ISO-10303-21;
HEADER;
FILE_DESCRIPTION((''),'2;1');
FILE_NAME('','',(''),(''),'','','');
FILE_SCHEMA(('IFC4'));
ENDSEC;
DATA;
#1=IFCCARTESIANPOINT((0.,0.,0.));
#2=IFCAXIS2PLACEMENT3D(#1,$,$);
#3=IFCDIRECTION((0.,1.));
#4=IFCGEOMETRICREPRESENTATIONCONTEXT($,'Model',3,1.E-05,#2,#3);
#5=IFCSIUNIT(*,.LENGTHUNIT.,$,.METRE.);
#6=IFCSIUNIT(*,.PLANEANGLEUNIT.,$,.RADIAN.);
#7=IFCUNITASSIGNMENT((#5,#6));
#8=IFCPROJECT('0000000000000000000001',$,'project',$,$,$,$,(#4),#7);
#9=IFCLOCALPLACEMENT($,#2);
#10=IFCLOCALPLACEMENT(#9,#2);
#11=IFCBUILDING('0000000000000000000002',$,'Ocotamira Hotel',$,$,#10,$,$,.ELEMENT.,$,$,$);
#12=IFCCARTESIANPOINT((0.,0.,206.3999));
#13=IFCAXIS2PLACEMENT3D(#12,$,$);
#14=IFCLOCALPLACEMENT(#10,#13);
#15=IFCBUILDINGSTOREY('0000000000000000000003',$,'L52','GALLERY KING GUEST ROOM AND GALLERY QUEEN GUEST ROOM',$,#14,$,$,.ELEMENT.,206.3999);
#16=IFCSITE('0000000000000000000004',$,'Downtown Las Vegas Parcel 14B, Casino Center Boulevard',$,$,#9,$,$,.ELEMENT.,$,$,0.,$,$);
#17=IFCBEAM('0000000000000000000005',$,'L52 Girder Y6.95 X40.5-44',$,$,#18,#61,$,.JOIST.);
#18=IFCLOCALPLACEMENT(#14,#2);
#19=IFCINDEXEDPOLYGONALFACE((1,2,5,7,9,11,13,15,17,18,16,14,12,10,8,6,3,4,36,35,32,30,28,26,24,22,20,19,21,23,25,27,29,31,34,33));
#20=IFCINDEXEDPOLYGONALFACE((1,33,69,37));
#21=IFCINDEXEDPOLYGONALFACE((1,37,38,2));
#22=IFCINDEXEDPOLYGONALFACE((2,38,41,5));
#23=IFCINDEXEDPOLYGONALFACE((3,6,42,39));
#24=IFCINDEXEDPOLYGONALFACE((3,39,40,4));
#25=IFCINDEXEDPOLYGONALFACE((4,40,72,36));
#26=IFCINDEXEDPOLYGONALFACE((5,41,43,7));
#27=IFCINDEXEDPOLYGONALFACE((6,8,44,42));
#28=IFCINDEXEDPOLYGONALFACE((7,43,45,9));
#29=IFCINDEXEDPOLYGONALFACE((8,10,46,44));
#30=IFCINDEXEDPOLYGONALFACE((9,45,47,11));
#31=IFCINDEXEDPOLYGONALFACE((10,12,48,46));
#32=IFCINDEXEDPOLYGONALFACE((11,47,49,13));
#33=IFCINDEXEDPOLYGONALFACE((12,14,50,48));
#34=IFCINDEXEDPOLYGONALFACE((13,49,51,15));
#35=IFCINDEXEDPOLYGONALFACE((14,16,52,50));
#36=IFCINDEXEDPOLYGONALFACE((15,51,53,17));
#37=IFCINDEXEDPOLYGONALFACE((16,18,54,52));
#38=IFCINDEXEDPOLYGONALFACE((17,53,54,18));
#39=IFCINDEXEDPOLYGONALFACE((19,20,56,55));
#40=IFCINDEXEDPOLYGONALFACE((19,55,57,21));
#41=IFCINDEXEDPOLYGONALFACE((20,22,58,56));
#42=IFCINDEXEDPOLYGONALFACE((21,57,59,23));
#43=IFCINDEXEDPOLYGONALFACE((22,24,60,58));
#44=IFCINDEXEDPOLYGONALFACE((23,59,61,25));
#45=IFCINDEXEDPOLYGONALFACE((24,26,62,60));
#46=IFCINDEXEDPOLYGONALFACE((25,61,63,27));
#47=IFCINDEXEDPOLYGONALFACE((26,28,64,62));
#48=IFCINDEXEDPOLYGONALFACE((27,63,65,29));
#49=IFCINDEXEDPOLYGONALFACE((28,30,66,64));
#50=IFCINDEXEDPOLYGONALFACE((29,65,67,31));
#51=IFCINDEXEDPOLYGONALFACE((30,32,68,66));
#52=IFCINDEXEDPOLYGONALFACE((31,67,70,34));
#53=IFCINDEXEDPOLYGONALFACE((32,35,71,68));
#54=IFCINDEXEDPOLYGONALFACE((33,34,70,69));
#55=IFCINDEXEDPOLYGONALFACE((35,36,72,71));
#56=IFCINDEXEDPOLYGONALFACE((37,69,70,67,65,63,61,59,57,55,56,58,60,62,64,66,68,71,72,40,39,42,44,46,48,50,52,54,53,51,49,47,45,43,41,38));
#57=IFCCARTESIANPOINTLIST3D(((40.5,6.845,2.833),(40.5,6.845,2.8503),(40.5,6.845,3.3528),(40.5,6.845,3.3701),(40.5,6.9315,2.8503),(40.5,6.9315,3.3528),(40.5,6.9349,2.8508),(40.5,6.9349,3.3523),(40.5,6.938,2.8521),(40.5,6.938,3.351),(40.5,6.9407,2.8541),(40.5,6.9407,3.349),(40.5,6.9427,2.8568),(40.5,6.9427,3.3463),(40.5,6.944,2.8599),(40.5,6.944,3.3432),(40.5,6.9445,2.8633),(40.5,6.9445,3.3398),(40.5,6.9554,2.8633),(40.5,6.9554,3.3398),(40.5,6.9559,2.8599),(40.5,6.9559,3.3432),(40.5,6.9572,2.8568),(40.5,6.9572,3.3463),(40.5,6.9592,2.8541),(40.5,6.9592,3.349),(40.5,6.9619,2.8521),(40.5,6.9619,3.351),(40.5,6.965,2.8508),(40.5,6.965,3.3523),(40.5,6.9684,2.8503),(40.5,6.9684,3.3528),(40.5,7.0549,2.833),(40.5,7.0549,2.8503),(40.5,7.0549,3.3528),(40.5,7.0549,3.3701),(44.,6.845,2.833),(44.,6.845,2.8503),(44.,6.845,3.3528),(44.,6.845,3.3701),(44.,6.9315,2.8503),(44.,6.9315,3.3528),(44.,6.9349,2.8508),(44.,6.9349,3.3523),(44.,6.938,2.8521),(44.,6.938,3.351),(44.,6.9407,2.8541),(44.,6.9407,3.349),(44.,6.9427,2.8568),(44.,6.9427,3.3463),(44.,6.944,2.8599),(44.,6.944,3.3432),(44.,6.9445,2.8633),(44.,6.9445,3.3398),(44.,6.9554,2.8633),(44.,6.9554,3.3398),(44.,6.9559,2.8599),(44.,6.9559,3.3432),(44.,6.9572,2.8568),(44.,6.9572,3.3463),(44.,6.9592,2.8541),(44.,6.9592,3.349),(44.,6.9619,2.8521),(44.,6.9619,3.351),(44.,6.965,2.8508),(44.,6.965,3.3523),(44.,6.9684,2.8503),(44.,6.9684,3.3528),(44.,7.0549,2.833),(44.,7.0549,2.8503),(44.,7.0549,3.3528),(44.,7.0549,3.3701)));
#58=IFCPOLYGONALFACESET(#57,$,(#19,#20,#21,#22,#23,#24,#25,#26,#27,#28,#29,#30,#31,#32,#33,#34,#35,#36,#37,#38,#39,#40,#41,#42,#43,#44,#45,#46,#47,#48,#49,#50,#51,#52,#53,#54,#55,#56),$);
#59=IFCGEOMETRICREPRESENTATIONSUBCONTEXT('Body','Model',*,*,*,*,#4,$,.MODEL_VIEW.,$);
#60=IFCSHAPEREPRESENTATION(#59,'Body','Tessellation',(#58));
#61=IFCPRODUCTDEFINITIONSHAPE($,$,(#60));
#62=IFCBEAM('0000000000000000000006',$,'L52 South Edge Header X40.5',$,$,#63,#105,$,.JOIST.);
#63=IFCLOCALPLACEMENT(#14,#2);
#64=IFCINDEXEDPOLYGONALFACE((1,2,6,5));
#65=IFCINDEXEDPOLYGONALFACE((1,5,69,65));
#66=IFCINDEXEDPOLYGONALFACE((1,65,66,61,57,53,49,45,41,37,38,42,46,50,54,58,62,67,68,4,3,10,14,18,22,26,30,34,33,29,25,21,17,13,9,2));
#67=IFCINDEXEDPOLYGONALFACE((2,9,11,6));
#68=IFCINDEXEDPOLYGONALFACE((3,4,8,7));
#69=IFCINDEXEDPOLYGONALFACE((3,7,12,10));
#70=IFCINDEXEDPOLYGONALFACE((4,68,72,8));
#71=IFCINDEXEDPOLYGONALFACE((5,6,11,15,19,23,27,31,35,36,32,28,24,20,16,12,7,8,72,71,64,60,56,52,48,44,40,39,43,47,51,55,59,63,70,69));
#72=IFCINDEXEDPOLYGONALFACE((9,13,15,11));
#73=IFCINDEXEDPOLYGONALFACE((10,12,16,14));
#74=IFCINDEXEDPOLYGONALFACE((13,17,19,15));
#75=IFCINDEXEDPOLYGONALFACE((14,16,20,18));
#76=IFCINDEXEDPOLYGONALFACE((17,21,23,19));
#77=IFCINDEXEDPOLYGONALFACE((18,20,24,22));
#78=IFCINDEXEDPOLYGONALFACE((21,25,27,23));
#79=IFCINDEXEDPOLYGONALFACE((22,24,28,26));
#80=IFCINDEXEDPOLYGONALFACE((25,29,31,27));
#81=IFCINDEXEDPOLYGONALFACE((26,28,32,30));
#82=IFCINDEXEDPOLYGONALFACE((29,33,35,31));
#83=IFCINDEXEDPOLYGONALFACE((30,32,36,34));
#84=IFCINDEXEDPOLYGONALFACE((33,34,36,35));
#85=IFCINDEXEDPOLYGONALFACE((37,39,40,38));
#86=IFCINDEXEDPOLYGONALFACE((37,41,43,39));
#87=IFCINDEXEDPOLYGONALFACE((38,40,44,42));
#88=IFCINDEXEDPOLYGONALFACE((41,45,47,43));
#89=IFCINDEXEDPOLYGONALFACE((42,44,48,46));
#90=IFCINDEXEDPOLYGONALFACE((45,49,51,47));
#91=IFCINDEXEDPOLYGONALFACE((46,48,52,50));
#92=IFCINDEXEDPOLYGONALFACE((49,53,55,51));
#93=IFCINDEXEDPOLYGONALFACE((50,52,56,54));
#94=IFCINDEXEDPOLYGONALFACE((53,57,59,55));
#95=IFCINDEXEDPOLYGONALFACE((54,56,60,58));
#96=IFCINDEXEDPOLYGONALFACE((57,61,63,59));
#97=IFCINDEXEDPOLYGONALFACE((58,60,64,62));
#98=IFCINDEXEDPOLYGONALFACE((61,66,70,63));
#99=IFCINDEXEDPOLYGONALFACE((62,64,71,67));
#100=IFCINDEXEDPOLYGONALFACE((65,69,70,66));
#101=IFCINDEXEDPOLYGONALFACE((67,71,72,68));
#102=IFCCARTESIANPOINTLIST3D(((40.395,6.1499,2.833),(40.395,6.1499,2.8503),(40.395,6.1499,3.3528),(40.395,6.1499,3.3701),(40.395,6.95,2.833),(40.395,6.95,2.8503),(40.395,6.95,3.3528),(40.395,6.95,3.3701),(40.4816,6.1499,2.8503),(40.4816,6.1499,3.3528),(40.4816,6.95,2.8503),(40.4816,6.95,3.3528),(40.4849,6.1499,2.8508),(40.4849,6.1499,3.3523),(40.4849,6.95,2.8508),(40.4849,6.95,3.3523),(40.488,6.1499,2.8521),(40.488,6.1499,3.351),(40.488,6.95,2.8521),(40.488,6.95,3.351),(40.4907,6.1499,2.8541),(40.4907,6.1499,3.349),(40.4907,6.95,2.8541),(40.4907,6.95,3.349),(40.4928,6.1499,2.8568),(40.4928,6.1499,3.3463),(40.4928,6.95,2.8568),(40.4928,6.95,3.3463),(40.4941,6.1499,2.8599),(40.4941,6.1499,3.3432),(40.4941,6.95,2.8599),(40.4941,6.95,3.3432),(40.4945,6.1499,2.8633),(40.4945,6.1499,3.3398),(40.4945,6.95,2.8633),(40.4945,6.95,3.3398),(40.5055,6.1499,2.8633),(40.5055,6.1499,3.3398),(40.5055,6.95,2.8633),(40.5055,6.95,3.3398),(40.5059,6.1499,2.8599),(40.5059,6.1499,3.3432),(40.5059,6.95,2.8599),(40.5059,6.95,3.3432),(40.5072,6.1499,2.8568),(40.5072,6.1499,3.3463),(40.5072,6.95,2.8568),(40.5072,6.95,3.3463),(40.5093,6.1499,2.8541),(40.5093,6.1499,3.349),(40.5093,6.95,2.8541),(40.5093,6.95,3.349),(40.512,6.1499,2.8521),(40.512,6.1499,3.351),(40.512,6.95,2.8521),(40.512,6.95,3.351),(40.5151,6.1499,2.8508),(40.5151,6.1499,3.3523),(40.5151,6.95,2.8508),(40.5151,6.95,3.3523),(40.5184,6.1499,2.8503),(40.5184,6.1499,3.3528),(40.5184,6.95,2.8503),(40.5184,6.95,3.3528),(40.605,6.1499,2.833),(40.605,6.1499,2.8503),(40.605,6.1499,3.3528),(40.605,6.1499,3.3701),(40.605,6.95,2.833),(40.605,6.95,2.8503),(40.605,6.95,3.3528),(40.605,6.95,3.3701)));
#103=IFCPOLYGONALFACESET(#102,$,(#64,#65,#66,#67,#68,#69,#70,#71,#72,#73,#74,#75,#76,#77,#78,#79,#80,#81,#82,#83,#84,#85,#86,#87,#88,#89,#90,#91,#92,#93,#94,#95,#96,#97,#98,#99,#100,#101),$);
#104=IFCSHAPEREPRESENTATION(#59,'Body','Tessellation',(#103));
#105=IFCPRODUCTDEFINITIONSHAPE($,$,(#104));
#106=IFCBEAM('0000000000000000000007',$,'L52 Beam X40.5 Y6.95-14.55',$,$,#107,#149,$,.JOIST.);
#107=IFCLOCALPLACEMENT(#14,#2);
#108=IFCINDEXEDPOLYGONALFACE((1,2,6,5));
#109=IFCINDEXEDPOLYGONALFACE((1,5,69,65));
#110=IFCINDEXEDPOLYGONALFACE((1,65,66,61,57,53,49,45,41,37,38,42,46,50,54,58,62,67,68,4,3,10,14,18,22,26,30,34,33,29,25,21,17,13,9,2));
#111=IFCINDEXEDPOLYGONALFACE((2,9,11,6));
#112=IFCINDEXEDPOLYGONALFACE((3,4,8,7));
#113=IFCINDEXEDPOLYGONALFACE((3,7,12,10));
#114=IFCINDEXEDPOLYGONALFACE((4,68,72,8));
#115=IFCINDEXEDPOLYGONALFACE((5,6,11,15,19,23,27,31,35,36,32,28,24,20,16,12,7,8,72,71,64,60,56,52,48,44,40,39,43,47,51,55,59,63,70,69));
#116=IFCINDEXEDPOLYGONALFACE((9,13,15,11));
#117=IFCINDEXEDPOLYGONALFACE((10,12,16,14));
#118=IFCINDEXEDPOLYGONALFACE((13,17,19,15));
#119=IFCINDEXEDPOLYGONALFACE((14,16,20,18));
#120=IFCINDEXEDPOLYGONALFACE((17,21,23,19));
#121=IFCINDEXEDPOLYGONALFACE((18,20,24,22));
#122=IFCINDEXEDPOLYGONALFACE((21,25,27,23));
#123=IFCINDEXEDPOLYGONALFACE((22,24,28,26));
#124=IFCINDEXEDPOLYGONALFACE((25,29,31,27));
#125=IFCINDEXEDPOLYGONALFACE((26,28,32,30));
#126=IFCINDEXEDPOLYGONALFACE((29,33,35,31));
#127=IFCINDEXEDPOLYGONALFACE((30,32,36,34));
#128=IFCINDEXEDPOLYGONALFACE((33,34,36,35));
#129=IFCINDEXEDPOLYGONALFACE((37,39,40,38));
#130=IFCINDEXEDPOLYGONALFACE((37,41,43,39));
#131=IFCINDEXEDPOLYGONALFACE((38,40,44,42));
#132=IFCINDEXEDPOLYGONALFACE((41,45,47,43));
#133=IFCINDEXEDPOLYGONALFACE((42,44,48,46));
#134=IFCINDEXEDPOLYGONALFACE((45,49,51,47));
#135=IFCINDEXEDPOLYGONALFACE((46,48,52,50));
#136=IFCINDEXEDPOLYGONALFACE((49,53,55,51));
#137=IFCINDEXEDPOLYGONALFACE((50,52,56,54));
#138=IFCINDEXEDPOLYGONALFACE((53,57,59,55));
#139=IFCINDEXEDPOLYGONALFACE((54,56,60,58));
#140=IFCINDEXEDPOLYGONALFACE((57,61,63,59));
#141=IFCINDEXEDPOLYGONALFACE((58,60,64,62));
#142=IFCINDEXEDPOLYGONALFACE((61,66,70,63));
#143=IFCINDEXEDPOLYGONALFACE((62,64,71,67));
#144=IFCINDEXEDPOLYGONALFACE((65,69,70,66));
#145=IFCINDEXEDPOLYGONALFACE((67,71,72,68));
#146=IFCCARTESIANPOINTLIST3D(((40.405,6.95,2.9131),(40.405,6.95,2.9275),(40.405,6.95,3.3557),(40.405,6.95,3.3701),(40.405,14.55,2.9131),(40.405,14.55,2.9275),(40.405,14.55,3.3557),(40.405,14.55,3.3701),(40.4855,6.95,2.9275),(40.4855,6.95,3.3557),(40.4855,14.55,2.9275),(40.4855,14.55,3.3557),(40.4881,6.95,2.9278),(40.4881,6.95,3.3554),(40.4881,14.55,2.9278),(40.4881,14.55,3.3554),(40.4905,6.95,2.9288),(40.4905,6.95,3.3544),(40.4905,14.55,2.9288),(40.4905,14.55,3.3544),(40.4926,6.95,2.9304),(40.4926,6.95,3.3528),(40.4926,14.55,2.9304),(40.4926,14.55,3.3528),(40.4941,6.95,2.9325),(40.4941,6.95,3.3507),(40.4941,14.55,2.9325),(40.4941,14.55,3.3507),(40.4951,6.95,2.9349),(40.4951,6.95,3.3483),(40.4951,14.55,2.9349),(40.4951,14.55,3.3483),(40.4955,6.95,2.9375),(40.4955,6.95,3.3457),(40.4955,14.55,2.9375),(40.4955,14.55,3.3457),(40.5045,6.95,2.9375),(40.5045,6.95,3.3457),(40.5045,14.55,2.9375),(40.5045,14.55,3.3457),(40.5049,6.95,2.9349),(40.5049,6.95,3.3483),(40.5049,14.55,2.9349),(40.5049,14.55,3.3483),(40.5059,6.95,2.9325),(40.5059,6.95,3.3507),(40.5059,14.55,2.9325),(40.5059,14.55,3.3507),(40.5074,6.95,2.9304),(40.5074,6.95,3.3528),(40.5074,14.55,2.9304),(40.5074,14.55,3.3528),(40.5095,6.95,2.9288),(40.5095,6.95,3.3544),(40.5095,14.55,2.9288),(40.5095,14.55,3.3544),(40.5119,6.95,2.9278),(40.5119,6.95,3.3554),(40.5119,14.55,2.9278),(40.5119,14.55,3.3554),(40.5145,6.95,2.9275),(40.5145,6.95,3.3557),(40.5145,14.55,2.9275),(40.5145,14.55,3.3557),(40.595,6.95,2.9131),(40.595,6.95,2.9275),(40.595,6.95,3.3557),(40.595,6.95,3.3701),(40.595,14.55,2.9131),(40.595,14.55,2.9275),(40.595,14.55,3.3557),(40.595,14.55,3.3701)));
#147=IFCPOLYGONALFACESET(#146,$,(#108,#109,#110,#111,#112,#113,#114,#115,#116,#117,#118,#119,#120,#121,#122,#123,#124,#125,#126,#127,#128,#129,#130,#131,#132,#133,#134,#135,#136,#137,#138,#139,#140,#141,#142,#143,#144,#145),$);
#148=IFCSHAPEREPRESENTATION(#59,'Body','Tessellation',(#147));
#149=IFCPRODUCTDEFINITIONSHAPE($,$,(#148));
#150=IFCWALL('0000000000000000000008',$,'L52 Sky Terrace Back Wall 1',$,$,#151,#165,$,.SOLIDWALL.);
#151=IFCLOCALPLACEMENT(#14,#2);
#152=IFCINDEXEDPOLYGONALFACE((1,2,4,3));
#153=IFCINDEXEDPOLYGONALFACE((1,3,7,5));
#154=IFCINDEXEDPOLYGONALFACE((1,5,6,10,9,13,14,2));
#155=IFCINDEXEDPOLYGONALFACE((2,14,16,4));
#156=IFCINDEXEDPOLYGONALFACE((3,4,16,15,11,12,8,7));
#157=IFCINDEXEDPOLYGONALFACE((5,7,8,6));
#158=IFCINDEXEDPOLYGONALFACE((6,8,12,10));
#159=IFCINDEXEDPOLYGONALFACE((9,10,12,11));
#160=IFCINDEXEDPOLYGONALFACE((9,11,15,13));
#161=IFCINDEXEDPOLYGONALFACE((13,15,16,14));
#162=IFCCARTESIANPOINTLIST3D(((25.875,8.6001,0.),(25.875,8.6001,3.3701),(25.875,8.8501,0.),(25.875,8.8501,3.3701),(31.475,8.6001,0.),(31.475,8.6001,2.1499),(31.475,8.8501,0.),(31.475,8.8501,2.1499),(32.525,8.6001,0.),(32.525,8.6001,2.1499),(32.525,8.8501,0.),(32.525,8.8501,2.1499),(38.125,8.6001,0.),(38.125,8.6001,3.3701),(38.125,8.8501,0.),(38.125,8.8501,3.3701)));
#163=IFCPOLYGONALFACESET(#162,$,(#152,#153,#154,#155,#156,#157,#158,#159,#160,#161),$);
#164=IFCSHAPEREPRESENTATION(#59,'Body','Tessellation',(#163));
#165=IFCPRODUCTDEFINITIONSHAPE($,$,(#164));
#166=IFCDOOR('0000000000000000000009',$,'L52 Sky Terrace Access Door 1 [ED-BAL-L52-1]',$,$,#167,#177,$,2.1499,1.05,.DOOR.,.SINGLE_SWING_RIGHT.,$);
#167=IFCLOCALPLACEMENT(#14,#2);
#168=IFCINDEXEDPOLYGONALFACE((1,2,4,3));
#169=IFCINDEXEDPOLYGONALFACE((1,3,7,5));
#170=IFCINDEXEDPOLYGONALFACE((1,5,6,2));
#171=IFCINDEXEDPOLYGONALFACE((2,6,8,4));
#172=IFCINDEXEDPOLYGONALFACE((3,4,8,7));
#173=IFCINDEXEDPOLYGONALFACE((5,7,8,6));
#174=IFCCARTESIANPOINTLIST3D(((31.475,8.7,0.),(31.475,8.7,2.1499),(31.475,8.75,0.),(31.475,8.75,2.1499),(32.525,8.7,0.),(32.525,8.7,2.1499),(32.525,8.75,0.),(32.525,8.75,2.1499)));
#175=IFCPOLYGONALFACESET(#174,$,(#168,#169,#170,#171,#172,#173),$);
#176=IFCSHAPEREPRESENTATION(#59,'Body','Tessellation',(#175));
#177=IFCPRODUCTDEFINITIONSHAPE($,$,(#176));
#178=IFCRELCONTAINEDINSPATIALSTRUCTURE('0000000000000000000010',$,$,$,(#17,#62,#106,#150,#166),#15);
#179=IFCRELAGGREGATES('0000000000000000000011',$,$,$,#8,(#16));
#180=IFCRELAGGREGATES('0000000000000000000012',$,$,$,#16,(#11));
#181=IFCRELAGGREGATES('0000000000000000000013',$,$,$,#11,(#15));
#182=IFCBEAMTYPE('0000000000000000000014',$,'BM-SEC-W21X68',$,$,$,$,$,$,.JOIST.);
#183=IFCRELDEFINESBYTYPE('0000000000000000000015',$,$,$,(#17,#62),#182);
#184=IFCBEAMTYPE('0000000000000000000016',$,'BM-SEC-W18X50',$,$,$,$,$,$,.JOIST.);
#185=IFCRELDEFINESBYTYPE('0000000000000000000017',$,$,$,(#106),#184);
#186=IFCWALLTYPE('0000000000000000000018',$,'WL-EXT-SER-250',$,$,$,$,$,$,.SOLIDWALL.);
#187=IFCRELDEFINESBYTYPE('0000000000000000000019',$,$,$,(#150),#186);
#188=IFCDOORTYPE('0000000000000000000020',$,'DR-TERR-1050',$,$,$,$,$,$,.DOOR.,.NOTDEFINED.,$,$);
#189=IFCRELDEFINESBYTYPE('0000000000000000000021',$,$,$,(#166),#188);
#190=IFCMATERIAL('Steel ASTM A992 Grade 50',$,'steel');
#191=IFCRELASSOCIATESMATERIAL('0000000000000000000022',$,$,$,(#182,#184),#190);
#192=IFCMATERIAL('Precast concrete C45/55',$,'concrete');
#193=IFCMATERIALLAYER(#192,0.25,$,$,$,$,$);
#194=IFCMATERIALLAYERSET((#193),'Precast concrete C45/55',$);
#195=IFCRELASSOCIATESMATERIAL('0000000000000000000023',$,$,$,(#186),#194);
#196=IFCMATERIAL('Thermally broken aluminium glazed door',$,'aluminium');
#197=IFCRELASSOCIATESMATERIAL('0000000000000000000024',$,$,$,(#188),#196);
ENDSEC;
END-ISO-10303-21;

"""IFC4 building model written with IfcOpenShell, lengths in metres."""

from ifc_helpers import new_model, si_unit, direction, frame, frame_2d, origin, origin_2d, place, context, subcontext, project, spatial, rectangle, i_section, extrude, source, transform, mapped, material, layer, layer_set, material_profile, profile_set, type_object, element, fill, save


model = new_model("IFC4")

# Units and contexts
model_context = context("Model", 3, precision=1e-05, world=origin(), true_north=direction((0.0, 1.0)))
body_context = subcontext(model_context, "Body", "Model", "MODEL_VIEW")
ifc_project = project(units=[si_unit("LENGTHUNIT", "METRE"), si_unit("PLANEANGLEUNIT", "RADIAN")], contexts=[model_context])

# Site, building, storey
site_placement = place(None, origin())
site = spatial("IfcSite", under=ifc_project, at=site_placement, Name="Downtown Las Vegas Parcel 14B, Casino Center Boulevard", CompositionType="ELEMENT", RefElevation=0.0)
building_placement = place(site_placement, origin())
building = spatial("IfcBuilding", under=site, at=building_placement, Name="Ocotamira Hotel", CompositionType="ELEMENT")
storey_placement = place(building_placement, frame((0.0, 0.0, 206.3999)))
storey = spatial("IfcBuildingStorey", under=building, at=storey_placement, Name="L52", Description="GALLERY KING GUEST ROOM AND GALLERY QUEEN GUEST ROOM", CompositionType="ELEMENT", Elevation=206.3999)

# Beams
ifc_material_1 = material(Name="Steel ASTM A992 Grade 50", Category="steel")
ifc_material_profile_1 = material_profile(ifc_material_1, i_section(OverallWidth=0.21, OverallDepth=0.5371, WebThickness=0.011, FlangeThickness=0.0173, FilletRadius=0.0129, at=origin_2d()), Name="W21X68")
ifc_profile_set_1 = profile_set([ifc_material_profile_1], Name="Steel ASTM A992 Grade 50")
beam_type_1 = type_object("IfcBeamType", Name="BM-SEC-W21X68", PredefinedType="JOIST", material=ifc_profile_set_1)
shared_shape_1 = source(origin(), body_context, "Body", "SweptSolid", [
    extrude(i_section(OverallWidth=0.21, OverallDepth=0.5371, WebThickness=0.011, FlangeThickness=0.0173, FilletRadius=0.0129, at=origin_2d()), origin(), (0.0, 0.0, 1.0), 3.5),
])
beam_1_placement = place(storey_placement, frame((40.5, 6.95, 3.1016), z_axis=(1.0, 0.0, 0.0), x_axis=(0.0, 1.0, 0.0)))
element("IfcBeam", 1, at=beam_1_placement, inside=storey, type_object=beam_type_1, Name="L52 Girder Y6.95 X40.5-44", PredefinedType="JOIST", context=body_context, shape_type="MappedRepresentation", body=[
    mapped(shared_shape_1, transform((0.0, 0.0, 0.0), scale=1.0)),
])
shared_shape_2 = source(origin(), body_context, "Body", "SweptSolid", [
    extrude(i_section(OverallWidth=0.21, OverallDepth=0.5371, WebThickness=0.011, FlangeThickness=0.0173, FilletRadius=0.0129, at=origin_2d()), origin(), (0.0, 0.0, 1.0), 0.8),
])
beam_2_placement = place(storey_placement, frame((40.5, 6.95, 3.1016), z_axis=(0.0, -1.0, 0.0), x_axis=(1.0, 0.0, 0.0)))
element("IfcBeam", 2, at=beam_2_placement, inside=storey, type_object=beam_type_1, Name="L52 South Edge Header X40.5", PredefinedType="JOIST", context=body_context, shape_type="MappedRepresentation", body=[
    mapped(shared_shape_2, transform((0.0, 0.0, 0.0), scale=1.0)),
])
ifc_material_profile_2 = material_profile(ifc_material_1, i_section(OverallWidth=0.1899, OverallDepth=0.457, WebThickness=0.009, FlangeThickness=0.0144, FilletRadius=0.01, at=origin_2d()), Name="W18X50")
ifc_profile_set_2 = profile_set([ifc_material_profile_2], Name="Steel ASTM A992 Grade 50")
beam_type_2 = type_object("IfcBeamType", Name="BM-SEC-W18X50", PredefinedType="JOIST", material=ifc_profile_set_2)
shared_shape_3 = source(origin(), body_context, "Body", "SweptSolid", [
    extrude(i_section(OverallWidth=0.1899, OverallDepth=0.457, WebThickness=0.009, FlangeThickness=0.0144, FilletRadius=0.01, at=origin_2d()), origin(), (0.0, 0.0, 1.0), 7.6001),
])
beam_3_placement = place(storey_placement, frame((40.5, 6.95, 3.1416), z_axis=(0.0, 1.0, 0.0), x_axis=(-1.0, 0.0, 0.0)))
element("IfcBeam", 3, at=beam_3_placement, inside=storey, type_object=beam_type_2, Name="L52 Beam X40.5 Y6.95-14.55", PredefinedType="JOIST", context=body_context, shape_type="MappedRepresentation", body=[
    mapped(shared_shape_3, transform((0.0, 0.0, 0.0), scale=1.0)),
])

# Wall, opening, door
ifc_material_2 = material(Name="Precast concrete C45/55", Category="concrete")
ifc_layer_1 = layer(ifc_material_2, 0.25)
ifc_layer_set_1 = layer_set([ifc_layer_1], Name="Precast concrete C45/55")
wall_type_1 = type_object("IfcWallType", Name="WL-EXT-SER-250", PredefinedType="SOLIDWALL", material=ifc_layer_set_1)
wall_1_placement = place(storey_placement, frame((25.875, 8.7251, 0.0), z_axis=(0.0, 0.0, 1.0), x_axis=(1.0, 0.0, 0.0)))
wall_1 = element("IfcWall", 4, at=wall_1_placement, inside=storey, type_object=wall_type_1, Name="L52 Sky Terrace Back Wall 1", PredefinedType="SOLIDWALL", context=body_context, shape_type="SweptSolid", body=[
    extrude(rectangle(XDim=12.25, YDim=0.25, at=frame_2d((6.125, 0.0))), origin(), (0.0, 0.0, 1.0), 3.3701),
])
opening_1_placement = place(wall_1_placement, frame((5.6001, 0.0, 0.0)))
opening_1 = element("IfcOpeningElement", 5, at=opening_1_placement, cuts=wall_1, PredefinedType="OPENING", context=body_context, shape_type="SweptSolid", body=[
    extrude(rectangle(XDim=1.05, YDim=2.1499, at=frame_2d((0.5249, 1.075))), frame((0.0, 0.135, 0.0), z_axis=(0.0, -1.0, 0.0), x_axis=(1.0, 0.0, 0.0)), (0.0, 0.0, 1.0), 0.27),
])
ifc_material_3 = material(Name="Thermally broken aluminium glazed door", Category="aluminium")
door_type_1 = type_object("IfcDoorType", Name="DR-TERR-1050", OperationType="NOTDEFINED", PredefinedType="DOOR", material=ifc_material_3)
shared_shape_4 = source(origin(), body_context, "Body", "SweptSolid", [
    extrude(rectangle(XDim=1.05, YDim=2.1499, at=frame_2d((0.5249, 1.075))), frame((0.0, 0.0249, 0.0), z_axis=(0.0, -1.0, 0.0), x_axis=(1.0, 0.0, 0.0)), (0.0, 0.0, 1.0), 0.05),
])
door_1_placement = place(opening_1_placement, origin())
door_1 = element("IfcDoor", 6, at=door_1_placement, inside=storey, type_object=door_type_1, Name="L52 Sky Terrace Access Door 1 [ED-BAL-L52-1]", OperationType="SINGLE_SWING_RIGHT", OverallHeight=2.1499, OverallWidth=1.05, PredefinedType="DOOR", context=body_context, shape_type="MappedRepresentation", body=[
    mapped(shared_shape_4, transform((0.0, 0.0, 0.0), scale=1.0)),
])
fill(opening_1, door_1)

save(model, "model.ifc")
